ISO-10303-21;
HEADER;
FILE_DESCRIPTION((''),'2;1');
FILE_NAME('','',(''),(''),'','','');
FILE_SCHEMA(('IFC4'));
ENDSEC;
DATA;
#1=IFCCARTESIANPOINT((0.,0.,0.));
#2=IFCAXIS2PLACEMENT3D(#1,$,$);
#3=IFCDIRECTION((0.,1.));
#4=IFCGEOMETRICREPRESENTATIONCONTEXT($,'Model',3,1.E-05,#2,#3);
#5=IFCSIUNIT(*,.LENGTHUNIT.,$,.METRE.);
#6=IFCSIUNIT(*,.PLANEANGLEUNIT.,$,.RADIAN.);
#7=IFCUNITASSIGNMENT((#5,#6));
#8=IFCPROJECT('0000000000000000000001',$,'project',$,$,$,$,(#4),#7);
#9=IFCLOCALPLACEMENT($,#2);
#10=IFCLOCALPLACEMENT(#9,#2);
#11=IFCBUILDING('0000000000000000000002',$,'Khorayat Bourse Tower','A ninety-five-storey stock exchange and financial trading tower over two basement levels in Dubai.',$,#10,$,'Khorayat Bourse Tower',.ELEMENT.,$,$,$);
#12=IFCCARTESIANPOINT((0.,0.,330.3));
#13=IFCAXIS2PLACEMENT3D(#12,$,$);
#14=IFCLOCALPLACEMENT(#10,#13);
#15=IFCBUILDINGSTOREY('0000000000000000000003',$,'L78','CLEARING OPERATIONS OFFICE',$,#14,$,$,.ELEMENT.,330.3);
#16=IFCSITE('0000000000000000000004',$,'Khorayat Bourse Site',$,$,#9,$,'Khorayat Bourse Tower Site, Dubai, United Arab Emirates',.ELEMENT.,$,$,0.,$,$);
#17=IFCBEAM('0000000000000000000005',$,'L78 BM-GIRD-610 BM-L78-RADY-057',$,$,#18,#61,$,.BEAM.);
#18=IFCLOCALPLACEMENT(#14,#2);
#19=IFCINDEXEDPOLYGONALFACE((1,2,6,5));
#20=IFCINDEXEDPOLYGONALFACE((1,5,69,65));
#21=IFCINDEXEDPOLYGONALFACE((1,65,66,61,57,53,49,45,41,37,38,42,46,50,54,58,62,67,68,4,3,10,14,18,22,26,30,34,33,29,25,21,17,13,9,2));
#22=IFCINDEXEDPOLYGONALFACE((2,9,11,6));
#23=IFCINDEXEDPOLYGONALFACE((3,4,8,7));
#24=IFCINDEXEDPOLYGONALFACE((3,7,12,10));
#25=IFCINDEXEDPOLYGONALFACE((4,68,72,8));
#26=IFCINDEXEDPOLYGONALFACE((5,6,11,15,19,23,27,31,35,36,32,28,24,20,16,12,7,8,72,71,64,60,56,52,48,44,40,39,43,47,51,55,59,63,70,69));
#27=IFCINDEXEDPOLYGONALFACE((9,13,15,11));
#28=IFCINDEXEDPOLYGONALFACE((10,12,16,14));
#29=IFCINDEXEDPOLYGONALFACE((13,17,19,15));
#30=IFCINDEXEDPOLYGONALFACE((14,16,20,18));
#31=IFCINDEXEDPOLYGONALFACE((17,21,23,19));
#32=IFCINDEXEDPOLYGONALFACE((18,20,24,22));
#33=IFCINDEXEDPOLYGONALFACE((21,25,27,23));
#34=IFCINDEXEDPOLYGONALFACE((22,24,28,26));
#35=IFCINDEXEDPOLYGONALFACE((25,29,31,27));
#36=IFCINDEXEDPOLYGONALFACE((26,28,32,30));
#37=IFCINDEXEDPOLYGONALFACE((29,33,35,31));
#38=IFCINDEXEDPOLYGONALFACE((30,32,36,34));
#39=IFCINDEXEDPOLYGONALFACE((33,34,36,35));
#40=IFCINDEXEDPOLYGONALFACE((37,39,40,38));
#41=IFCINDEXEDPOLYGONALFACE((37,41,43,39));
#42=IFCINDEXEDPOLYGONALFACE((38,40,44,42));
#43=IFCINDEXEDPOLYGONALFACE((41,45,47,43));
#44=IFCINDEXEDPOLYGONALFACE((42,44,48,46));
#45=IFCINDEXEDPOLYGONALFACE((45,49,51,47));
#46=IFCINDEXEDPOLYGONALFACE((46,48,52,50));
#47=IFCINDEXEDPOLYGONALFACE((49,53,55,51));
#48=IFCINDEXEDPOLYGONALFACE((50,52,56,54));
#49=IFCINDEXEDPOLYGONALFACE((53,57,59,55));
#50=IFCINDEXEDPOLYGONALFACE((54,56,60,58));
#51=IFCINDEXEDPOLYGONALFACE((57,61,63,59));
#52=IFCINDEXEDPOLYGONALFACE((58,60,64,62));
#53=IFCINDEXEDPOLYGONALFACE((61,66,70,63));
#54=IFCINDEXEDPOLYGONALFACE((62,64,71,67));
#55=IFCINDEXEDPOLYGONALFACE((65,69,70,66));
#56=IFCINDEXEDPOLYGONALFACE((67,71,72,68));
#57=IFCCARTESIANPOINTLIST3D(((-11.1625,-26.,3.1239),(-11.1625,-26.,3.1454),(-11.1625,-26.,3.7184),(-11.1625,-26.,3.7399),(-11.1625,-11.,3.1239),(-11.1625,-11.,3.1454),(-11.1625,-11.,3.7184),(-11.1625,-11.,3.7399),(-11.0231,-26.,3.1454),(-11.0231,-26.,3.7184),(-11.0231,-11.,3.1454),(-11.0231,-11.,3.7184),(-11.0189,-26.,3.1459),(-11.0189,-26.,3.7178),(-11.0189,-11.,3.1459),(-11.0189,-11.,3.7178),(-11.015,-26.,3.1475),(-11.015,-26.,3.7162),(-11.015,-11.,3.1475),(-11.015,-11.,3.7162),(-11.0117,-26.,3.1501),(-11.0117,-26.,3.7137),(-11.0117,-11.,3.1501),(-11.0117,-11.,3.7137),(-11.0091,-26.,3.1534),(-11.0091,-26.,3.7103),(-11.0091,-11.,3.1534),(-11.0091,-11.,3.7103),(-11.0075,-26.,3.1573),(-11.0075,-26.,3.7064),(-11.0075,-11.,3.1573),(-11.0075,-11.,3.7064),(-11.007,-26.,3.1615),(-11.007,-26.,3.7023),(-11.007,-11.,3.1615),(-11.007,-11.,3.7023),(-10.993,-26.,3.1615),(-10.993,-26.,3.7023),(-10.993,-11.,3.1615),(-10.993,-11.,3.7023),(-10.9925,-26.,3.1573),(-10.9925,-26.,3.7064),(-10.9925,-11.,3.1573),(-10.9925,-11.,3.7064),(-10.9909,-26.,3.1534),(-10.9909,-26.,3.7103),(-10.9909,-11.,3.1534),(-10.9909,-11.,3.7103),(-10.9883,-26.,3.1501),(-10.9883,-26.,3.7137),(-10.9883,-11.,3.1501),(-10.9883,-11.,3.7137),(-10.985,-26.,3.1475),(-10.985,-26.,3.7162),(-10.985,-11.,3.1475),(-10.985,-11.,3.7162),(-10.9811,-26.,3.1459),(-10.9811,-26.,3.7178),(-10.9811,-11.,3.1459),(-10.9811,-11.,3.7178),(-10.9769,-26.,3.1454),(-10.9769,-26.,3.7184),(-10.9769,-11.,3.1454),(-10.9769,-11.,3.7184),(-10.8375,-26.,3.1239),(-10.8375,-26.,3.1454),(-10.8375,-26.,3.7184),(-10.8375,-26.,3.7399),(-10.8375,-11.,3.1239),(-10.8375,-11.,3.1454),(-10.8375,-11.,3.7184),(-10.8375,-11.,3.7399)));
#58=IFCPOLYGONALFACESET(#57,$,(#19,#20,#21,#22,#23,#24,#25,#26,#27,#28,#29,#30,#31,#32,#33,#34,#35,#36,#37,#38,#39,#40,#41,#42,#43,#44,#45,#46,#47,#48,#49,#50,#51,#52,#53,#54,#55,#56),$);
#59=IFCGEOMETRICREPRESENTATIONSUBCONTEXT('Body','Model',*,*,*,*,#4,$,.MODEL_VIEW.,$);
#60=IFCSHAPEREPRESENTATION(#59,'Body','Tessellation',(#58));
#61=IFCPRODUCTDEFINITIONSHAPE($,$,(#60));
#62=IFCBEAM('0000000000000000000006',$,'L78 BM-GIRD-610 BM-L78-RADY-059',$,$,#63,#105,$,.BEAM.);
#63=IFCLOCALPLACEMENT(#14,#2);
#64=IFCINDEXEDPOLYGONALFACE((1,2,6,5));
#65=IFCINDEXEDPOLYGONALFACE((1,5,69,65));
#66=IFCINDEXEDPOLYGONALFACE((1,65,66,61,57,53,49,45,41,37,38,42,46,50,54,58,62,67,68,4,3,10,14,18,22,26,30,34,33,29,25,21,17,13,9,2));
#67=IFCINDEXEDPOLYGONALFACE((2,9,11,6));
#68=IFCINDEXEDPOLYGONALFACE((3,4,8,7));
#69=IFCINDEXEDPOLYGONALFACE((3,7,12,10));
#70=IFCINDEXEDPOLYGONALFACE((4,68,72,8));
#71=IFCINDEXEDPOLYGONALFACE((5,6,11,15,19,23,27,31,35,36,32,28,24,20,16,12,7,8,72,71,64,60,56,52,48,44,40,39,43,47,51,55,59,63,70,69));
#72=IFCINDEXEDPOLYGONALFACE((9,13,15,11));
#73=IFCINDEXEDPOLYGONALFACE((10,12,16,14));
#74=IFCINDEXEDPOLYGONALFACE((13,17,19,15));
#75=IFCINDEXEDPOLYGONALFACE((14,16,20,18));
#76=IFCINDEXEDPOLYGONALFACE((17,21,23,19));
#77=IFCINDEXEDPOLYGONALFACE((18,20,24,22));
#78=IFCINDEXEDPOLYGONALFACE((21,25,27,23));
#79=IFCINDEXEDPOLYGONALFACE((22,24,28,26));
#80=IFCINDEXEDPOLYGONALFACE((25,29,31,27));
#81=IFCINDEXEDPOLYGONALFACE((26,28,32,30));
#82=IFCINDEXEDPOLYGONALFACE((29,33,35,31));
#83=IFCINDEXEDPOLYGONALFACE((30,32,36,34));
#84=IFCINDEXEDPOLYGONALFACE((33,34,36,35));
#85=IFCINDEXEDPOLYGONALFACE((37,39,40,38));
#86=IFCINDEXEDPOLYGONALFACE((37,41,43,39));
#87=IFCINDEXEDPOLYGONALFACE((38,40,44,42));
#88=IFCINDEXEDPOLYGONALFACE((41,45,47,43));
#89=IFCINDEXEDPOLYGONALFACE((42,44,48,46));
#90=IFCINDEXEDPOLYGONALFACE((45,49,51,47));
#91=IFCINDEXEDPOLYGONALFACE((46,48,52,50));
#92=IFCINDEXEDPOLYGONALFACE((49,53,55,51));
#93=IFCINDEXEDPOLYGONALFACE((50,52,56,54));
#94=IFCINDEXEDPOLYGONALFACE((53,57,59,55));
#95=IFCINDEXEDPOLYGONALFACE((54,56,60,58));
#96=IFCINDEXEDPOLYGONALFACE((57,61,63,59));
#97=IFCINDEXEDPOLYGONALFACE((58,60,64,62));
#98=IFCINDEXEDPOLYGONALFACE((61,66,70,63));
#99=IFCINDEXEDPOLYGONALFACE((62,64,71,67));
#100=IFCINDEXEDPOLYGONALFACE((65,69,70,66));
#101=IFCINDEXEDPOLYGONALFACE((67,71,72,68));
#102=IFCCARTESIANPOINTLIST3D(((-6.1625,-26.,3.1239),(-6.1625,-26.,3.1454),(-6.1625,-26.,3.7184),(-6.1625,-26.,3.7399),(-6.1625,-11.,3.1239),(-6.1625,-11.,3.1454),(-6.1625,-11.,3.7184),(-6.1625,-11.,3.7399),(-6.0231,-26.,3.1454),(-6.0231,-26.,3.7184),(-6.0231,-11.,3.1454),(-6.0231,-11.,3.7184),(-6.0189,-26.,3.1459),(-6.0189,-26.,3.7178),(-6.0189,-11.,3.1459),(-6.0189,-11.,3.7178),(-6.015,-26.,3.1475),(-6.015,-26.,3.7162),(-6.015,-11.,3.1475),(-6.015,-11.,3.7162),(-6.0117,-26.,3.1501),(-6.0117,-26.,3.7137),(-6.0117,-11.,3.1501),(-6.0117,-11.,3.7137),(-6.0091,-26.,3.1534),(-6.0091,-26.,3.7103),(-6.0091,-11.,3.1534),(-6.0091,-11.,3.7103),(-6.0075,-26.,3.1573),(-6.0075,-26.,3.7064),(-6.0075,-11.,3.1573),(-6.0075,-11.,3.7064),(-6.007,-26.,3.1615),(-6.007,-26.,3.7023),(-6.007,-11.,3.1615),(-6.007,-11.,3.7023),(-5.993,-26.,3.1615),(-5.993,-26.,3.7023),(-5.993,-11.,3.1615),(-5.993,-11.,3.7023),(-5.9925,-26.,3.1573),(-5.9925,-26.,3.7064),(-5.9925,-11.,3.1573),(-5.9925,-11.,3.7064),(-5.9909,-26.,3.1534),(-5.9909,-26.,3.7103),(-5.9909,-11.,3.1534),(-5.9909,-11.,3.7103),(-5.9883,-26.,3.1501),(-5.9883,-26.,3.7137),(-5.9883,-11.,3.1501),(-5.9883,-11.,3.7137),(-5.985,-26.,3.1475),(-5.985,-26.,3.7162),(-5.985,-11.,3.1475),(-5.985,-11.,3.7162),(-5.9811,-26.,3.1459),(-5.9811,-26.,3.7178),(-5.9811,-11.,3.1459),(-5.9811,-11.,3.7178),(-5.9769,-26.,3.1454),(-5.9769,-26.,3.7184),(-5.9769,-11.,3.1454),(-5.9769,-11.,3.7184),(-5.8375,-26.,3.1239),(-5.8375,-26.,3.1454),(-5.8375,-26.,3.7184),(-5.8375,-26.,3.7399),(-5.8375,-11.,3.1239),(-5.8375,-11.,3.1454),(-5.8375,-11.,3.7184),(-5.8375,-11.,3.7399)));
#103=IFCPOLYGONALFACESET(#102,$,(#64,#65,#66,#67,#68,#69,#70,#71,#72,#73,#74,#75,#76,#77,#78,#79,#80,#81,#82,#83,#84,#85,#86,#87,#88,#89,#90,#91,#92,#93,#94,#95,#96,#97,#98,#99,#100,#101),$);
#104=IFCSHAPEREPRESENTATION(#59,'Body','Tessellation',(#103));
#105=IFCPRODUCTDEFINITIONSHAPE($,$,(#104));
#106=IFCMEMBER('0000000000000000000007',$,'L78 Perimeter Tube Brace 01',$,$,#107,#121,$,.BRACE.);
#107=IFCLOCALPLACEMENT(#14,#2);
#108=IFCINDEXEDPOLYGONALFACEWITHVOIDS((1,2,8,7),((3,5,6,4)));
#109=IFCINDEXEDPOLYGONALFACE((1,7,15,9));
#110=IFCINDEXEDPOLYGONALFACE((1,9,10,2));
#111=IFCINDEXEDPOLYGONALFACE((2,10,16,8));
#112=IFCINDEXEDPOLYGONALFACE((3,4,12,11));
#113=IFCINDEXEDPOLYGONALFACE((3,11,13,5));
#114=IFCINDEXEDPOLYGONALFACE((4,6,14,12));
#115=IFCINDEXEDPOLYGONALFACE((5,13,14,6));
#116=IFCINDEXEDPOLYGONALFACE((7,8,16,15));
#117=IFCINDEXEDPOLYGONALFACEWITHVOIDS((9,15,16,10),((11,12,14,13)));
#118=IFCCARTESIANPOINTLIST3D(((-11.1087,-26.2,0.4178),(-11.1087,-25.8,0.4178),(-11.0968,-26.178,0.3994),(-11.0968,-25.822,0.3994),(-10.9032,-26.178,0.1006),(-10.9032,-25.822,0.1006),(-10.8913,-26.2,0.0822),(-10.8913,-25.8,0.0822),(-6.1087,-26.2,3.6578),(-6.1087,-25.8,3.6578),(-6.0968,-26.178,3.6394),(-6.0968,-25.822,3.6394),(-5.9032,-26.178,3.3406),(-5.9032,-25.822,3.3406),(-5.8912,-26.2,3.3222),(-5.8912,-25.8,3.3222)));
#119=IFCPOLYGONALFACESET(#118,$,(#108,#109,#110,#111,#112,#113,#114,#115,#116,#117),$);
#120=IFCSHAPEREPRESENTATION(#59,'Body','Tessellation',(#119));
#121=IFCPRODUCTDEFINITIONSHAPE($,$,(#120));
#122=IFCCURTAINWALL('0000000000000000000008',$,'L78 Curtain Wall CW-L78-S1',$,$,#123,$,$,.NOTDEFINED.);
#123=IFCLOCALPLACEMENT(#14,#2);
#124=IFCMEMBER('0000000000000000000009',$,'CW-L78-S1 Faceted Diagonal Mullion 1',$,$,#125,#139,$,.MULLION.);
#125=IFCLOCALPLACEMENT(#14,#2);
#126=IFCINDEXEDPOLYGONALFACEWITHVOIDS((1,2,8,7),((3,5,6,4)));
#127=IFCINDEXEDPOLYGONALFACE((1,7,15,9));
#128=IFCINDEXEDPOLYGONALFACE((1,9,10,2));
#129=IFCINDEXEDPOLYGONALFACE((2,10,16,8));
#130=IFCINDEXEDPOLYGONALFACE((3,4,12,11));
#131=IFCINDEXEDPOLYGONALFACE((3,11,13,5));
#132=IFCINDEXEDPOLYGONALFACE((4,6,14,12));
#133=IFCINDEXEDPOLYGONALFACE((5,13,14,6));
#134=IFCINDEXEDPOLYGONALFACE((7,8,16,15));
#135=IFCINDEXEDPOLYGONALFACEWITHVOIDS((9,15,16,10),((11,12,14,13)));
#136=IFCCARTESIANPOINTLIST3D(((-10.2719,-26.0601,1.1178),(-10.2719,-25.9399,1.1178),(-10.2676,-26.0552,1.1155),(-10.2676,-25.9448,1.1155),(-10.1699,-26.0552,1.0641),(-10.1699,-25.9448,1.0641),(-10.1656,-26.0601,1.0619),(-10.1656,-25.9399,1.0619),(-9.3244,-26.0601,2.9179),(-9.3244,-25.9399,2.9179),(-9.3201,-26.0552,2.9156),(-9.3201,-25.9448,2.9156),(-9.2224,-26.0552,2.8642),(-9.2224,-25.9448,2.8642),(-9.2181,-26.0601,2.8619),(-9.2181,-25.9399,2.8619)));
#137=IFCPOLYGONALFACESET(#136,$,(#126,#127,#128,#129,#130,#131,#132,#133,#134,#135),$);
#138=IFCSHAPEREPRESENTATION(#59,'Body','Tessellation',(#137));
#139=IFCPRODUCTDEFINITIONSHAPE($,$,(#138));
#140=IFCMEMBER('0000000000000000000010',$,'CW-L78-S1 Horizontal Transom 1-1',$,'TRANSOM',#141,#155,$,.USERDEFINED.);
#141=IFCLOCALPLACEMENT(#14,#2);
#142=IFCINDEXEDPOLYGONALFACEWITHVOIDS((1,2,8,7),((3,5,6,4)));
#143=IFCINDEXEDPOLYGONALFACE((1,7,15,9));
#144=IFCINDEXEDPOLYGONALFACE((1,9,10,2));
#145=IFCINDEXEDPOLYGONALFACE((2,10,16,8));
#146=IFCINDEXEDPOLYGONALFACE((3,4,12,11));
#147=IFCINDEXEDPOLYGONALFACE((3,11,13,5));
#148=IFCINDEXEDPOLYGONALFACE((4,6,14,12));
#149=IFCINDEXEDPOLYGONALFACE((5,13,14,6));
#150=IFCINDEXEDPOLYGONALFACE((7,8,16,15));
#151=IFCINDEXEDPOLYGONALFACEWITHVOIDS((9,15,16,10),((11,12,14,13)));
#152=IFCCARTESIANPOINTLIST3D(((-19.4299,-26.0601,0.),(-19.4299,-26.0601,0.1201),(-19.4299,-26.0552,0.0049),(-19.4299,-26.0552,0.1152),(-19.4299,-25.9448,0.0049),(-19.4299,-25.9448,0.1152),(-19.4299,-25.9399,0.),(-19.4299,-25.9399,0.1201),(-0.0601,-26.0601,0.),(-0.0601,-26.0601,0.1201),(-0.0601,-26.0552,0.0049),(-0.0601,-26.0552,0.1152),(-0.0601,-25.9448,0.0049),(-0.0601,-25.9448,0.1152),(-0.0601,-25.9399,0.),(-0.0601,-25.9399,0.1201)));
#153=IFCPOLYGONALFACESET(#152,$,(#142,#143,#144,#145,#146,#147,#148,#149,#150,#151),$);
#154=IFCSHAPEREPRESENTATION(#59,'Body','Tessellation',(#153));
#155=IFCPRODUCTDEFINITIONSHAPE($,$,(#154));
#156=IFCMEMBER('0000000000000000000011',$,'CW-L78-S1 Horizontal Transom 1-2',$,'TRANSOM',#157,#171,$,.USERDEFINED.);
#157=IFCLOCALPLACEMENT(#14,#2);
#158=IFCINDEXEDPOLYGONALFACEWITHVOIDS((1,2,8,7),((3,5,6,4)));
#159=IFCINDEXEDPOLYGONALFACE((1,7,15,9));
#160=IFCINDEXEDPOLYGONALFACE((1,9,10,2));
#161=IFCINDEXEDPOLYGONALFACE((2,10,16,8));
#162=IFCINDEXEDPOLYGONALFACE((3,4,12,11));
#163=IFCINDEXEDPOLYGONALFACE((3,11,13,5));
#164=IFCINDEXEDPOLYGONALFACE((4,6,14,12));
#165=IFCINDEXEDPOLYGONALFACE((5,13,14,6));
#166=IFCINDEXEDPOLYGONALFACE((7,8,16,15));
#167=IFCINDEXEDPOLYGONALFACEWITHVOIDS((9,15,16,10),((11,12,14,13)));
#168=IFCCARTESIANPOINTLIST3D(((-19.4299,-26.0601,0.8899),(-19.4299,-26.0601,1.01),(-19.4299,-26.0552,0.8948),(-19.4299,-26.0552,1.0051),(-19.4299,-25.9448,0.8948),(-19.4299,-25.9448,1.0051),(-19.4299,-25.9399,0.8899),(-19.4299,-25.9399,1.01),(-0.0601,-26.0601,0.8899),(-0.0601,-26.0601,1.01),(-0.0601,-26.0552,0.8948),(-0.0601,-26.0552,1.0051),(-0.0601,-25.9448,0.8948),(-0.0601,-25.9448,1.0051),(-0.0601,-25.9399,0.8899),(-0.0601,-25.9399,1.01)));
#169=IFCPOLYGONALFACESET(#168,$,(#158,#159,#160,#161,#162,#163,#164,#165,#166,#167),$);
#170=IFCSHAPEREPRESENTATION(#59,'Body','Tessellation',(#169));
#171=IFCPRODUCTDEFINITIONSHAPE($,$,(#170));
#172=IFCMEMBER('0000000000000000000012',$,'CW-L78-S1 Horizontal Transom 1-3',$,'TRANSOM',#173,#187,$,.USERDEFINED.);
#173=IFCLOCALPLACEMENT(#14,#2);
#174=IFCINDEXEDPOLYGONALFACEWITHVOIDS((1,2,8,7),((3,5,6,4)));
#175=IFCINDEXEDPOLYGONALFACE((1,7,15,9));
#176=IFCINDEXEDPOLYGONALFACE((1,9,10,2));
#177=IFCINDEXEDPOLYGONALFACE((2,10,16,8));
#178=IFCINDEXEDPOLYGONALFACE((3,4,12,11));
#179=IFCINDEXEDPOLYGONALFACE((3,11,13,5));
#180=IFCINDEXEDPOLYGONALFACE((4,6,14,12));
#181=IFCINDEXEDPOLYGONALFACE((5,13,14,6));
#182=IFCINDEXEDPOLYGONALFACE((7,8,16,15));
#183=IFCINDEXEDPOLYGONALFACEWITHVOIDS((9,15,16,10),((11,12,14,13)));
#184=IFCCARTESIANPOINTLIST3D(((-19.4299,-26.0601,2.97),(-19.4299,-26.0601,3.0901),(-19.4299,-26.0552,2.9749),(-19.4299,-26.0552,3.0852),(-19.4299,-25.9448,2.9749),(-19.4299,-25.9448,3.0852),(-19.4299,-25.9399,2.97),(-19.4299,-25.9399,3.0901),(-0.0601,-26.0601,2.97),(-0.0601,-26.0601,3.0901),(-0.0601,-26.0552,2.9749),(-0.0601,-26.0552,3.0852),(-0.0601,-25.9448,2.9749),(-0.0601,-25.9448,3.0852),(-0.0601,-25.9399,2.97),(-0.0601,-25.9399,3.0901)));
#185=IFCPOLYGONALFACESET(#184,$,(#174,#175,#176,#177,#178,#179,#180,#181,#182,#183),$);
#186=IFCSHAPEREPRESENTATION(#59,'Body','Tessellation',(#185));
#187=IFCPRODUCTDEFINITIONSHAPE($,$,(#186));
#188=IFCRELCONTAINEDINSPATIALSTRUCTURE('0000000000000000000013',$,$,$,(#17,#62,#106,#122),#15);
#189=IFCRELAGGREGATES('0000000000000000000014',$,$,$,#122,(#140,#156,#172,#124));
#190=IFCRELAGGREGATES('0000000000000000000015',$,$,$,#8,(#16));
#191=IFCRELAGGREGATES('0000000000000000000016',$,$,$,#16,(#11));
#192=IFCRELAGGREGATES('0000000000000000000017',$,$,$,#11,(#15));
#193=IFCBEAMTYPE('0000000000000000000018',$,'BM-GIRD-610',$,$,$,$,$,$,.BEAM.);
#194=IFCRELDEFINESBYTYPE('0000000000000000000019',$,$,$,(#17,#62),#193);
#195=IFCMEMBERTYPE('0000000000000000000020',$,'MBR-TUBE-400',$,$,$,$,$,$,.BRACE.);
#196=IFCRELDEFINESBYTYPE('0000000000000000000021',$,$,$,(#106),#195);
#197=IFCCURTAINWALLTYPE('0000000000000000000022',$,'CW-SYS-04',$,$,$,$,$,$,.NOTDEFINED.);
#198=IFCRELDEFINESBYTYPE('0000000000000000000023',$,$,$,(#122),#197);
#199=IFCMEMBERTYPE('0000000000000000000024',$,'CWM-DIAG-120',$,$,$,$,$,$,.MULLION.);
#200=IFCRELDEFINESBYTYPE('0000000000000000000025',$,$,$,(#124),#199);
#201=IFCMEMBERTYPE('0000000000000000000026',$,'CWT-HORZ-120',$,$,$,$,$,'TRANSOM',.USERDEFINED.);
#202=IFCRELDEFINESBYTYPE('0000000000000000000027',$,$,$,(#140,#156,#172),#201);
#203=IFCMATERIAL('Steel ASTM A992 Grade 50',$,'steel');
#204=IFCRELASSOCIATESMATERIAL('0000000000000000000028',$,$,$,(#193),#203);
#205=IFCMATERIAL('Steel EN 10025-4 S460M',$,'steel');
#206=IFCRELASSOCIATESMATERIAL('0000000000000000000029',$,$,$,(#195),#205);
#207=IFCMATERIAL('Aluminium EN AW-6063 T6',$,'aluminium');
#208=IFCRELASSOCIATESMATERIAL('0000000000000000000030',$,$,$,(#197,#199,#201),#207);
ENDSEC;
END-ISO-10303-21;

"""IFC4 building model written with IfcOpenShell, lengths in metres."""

from ifc_helpers import new_model, si_unit, direction, frame, origin, origin_2d, place, context, subcontext, project, spatial, hollow_rectangle, i_section, extrude, source, transform, mapped, material, material_profile, profile_set, type_object, element, aggregate, save


model = new_model("IFC4")

# Units and contexts
model_context = context("Model", 3, precision=1e-05, world=origin(), true_north=direction((0.0, 1.0)))
body_context = subcontext(model_context, "Body", "Model", "MODEL_VIEW")
ifc_project = project(units=[si_unit("LENGTHUNIT", "METRE"), si_unit("PLANEANGLEUNIT", "RADIAN")], contexts=[model_context])

# Site, building, storey
site_placement = place(None, origin())
site = spatial("IfcSite", under=ifc_project, at=site_placement, Name="Khorayat Bourse Site", LongName="Khorayat Bourse Tower Site, Dubai, United Arab Emirates", CompositionType="ELEMENT", RefElevation=0.0)
building_placement = place(site_placement, origin())
building = spatial("IfcBuilding", under=site, at=building_placement, Name="Khorayat Bourse Tower", Description="A ninety-five-storey stock exchange and financial trading tower over two basement levels in Dubai.", LongName="Khorayat Bourse Tower", CompositionType="ELEMENT")
storey_placement = place(building_placement, frame((0.0, 0.0, 330.3)))
storey = spatial("IfcBuildingStorey", under=building, at=storey_placement, Name="L78", Description="CLEARING OPERATIONS OFFICE", CompositionType="ELEMENT", Elevation=330.3)

# Beams
ifc_material_1 = material(Name="Steel ASTM A992 Grade 50", Category="steel")
ifc_material_profile_1 = material_profile(ifc_material_1, i_section(OverallWidth=0.325, OverallDepth=0.616, WebThickness=0.0139, FlangeThickness=0.0215, FilletRadius=0.0161, at=origin_2d()), Name="W610X174")
ifc_profile_set_1 = profile_set([ifc_material_profile_1], Name="Steel ASTM A992 Grade 50")
beam_type_1 = type_object("IfcBeamType", Name="BM-GIRD-610", PredefinedType="BEAM", material=ifc_profile_set_1)
shared_shape_1 = source(origin(), body_context, "Body", "SweptSolid", [
    extrude(i_section(OverallWidth=0.325, OverallDepth=0.616, WebThickness=0.0139, FlangeThickness=0.0215, FilletRadius=0.0161, at=origin_2d()), origin(), (0.0, 0.0, 1.0), 15.0),
])
for number, where, z_axis, x_axis, name in (
    (1, (-11.0, -26.0, 3.4319), (0.0, 1.0, 0.0), (-1.0, 0.0, 0.0), "L78 BM-GIRD-610 BM-L78-RADY-057"),
    (2, (-6.0, -26.0, 3.4319), (0.0, 1.0, 0.0), (-1.0, 0.0, 0.0), "L78 BM-GIRD-610 BM-L78-RADY-059"),
):
    element("IfcBeam", number, at=place(storey_placement, frame(where, z_axis=z_axis, x_axis=x_axis)), inside=storey, type_object=beam_type_1, Name=name, PredefinedType="BEAM", context=body_context, shape_type="MappedRepresentation", body=[
        mapped(shared_shape_1, transform((0.0, 0.0, 0.0), scale=1.0)),
    ])

# Member
ifc_material_2 = material(Name="Steel EN 10025-4 S460M", Category="steel")
ifc_material_profile_2 = material_profile(ifc_material_2, hollow_rectangle(XDim=0.3999, YDim=0.3999, WallThickness=0.022, at=origin_2d()), Name="HSS 400x400x22")
ifc_profile_set_2 = profile_set([ifc_material_profile_2], Name="Steel EN 10025-4 S460M")
member_type_1 = type_object("IfcMemberType", Name="MBR-TUBE-400", PredefinedType="BRACE", material=ifc_profile_set_2)
shared_shape_2 = source(origin(), body_context, "Body", "SweptSolid", [
    extrude(hollow_rectangle(XDim=0.3999, YDim=0.3999, WallThickness=0.022, at=origin_2d()), origin(), (0.0, 0.0, 1.0), 5.958),
])
member_1_placement = place(storey_placement, frame((-11.0, -26.0, 0.25), z_axis=(0.83921, 0.0, 0.543807), x_axis=(0.0, 1.0, 0.0)))
element("IfcMember", 3, at=member_1_placement, inside=storey, type_object=member_type_1, Name="L78 Perimeter Tube Brace 01", PredefinedType="BRACE", context=body_context, shape_type="MappedRepresentation", body=[
    mapped(shared_shape_2, transform((0.0, 0.0, 0.0), scale=1.0)),
])

# Curtain wall, members
ifc_material_3 = material(Name="Aluminium EN AW-6063 T6", Category="aluminium")
curtain_wall_type = type_object("IfcCurtainWallType", Name="CW-SYS-04", PredefinedType="NOTDEFINED", material=ifc_material_3)
curtain_wall_placement = place(storey_placement, origin())
curtain_wall = element("IfcCurtainWall", 4, at=curtain_wall_placement, inside=storey, type_object=curtain_wall_type, Name="L78 Curtain Wall CW-L78-S1", PredefinedType="NOTDEFINED")
ifc_material_profile_3 = material_profile(ifc_material_3, hollow_rectangle(XDim=0.1201, YDim=0.1201, WallThickness=0.0049, at=origin_2d()), Name="ALU 120x120x5")
ifc_profile_set_3 = profile_set([ifc_material_profile_3], Name="Aluminium EN AW-6063 T6")
member_type_2 = type_object("IfcMemberType", Name="CWM-DIAG-120", PredefinedType="MULLION", material=ifc_profile_set_3)
shared_shape_3 = source(origin(), body_context, "Body", "SweptSolid", [
    extrude(hollow_rectangle(XDim=0.1201, YDim=0.1201, WallThickness=0.0049, at=origin_2d()), origin(), (0.0, 0.0, 1.0), 2.0342),
])
member_2_placement = place(storey_placement, frame((-10.2188, -26.0, 1.0898), z_axis=(0.465791, 0.0, 0.884895), x_axis=(0.0, 1.0, 0.0)))
member_2 = element("IfcMember", 5, at=member_2_placement, type_object=member_type_2, Name="CW-L78-S1 Faceted Diagonal Mullion 1", PredefinedType="MULLION", context=body_context, shape_type="MappedRepresentation", body=[
    mapped(shared_shape_3, transform((0.0, 0.0, 0.0), scale=1.0)),
])
ifc_material_profile_4 = material_profile(ifc_material_3, hollow_rectangle(XDim=0.1201, YDim=0.1201, WallThickness=0.0049, at=origin_2d()), Name="ALU 120x120x5")
ifc_profile_set_4 = profile_set([ifc_material_profile_4], Name="Aluminium EN AW-6063 T6")
member_type_3 = type_object("IfcMemberType", Name="CWT-HORZ-120", ElementType="TRANSOM", PredefinedType="USERDEFINED", material=ifc_profile_set_4)
shared_shape_4 = source(origin(), body_context, "Body", "SweptSolid", [
    extrude(hollow_rectangle(XDim=0.1201, YDim=0.1201, WallThickness=0.0049, at=origin_2d()), origin(), (0.0, 0.0, 1.0), 19.3699),
])
member_3_placement = place(storey_placement, frame((-19.4299, -26.0, 0.0601), z_axis=(1.0, 0.0, 0.0), x_axis=(0.0, 1.0, 0.0)))
member_3 = element("IfcMember", 6, at=member_3_placement, type_object=member_type_3, Name="CW-L78-S1 Horizontal Transom 1-1", ObjectType="TRANSOM", PredefinedType="USERDEFINED", context=body_context, shape_type="MappedRepresentation", body=[
    mapped(shared_shape_4, transform((0.0, 0.0, 0.0), scale=1.0)),
])
member_4_placement = place(storey_placement, frame((-19.4299, -26.0, 0.95), z_axis=(1.0, 0.0, 0.0), x_axis=(0.0, 1.0, 0.0)))
member_4 = element("IfcMember", 7, at=member_4_placement, type_object=member_type_3, Name="CW-L78-S1 Horizontal Transom 1-2", ObjectType="TRANSOM", PredefinedType="USERDEFINED", context=body_context, shape_type="MappedRepresentation", body=[
    mapped(shared_shape_4, transform((0.0, 0.0, 0.0), scale=1.0)),
])
member_5_placement = place(storey_placement, frame((-19.4299, -26.0, 3.03), z_axis=(1.0, 0.0, 0.0), x_axis=(0.0, 1.0, 0.0)))
member_5 = element("IfcMember", 8, at=member_5_placement, type_object=member_type_3, Name="CW-L78-S1 Horizontal Transom 1-3", ObjectType="TRANSOM", PredefinedType="USERDEFINED", context=body_context, shape_type="MappedRepresentation", body=[
    mapped(shared_shape_4, transform((0.0, 0.0, 0.0), scale=1.0)),
])

aggregate(curtain_wall, [member_3, member_4, member_5, member_2])

save(model, "model.ifc")
